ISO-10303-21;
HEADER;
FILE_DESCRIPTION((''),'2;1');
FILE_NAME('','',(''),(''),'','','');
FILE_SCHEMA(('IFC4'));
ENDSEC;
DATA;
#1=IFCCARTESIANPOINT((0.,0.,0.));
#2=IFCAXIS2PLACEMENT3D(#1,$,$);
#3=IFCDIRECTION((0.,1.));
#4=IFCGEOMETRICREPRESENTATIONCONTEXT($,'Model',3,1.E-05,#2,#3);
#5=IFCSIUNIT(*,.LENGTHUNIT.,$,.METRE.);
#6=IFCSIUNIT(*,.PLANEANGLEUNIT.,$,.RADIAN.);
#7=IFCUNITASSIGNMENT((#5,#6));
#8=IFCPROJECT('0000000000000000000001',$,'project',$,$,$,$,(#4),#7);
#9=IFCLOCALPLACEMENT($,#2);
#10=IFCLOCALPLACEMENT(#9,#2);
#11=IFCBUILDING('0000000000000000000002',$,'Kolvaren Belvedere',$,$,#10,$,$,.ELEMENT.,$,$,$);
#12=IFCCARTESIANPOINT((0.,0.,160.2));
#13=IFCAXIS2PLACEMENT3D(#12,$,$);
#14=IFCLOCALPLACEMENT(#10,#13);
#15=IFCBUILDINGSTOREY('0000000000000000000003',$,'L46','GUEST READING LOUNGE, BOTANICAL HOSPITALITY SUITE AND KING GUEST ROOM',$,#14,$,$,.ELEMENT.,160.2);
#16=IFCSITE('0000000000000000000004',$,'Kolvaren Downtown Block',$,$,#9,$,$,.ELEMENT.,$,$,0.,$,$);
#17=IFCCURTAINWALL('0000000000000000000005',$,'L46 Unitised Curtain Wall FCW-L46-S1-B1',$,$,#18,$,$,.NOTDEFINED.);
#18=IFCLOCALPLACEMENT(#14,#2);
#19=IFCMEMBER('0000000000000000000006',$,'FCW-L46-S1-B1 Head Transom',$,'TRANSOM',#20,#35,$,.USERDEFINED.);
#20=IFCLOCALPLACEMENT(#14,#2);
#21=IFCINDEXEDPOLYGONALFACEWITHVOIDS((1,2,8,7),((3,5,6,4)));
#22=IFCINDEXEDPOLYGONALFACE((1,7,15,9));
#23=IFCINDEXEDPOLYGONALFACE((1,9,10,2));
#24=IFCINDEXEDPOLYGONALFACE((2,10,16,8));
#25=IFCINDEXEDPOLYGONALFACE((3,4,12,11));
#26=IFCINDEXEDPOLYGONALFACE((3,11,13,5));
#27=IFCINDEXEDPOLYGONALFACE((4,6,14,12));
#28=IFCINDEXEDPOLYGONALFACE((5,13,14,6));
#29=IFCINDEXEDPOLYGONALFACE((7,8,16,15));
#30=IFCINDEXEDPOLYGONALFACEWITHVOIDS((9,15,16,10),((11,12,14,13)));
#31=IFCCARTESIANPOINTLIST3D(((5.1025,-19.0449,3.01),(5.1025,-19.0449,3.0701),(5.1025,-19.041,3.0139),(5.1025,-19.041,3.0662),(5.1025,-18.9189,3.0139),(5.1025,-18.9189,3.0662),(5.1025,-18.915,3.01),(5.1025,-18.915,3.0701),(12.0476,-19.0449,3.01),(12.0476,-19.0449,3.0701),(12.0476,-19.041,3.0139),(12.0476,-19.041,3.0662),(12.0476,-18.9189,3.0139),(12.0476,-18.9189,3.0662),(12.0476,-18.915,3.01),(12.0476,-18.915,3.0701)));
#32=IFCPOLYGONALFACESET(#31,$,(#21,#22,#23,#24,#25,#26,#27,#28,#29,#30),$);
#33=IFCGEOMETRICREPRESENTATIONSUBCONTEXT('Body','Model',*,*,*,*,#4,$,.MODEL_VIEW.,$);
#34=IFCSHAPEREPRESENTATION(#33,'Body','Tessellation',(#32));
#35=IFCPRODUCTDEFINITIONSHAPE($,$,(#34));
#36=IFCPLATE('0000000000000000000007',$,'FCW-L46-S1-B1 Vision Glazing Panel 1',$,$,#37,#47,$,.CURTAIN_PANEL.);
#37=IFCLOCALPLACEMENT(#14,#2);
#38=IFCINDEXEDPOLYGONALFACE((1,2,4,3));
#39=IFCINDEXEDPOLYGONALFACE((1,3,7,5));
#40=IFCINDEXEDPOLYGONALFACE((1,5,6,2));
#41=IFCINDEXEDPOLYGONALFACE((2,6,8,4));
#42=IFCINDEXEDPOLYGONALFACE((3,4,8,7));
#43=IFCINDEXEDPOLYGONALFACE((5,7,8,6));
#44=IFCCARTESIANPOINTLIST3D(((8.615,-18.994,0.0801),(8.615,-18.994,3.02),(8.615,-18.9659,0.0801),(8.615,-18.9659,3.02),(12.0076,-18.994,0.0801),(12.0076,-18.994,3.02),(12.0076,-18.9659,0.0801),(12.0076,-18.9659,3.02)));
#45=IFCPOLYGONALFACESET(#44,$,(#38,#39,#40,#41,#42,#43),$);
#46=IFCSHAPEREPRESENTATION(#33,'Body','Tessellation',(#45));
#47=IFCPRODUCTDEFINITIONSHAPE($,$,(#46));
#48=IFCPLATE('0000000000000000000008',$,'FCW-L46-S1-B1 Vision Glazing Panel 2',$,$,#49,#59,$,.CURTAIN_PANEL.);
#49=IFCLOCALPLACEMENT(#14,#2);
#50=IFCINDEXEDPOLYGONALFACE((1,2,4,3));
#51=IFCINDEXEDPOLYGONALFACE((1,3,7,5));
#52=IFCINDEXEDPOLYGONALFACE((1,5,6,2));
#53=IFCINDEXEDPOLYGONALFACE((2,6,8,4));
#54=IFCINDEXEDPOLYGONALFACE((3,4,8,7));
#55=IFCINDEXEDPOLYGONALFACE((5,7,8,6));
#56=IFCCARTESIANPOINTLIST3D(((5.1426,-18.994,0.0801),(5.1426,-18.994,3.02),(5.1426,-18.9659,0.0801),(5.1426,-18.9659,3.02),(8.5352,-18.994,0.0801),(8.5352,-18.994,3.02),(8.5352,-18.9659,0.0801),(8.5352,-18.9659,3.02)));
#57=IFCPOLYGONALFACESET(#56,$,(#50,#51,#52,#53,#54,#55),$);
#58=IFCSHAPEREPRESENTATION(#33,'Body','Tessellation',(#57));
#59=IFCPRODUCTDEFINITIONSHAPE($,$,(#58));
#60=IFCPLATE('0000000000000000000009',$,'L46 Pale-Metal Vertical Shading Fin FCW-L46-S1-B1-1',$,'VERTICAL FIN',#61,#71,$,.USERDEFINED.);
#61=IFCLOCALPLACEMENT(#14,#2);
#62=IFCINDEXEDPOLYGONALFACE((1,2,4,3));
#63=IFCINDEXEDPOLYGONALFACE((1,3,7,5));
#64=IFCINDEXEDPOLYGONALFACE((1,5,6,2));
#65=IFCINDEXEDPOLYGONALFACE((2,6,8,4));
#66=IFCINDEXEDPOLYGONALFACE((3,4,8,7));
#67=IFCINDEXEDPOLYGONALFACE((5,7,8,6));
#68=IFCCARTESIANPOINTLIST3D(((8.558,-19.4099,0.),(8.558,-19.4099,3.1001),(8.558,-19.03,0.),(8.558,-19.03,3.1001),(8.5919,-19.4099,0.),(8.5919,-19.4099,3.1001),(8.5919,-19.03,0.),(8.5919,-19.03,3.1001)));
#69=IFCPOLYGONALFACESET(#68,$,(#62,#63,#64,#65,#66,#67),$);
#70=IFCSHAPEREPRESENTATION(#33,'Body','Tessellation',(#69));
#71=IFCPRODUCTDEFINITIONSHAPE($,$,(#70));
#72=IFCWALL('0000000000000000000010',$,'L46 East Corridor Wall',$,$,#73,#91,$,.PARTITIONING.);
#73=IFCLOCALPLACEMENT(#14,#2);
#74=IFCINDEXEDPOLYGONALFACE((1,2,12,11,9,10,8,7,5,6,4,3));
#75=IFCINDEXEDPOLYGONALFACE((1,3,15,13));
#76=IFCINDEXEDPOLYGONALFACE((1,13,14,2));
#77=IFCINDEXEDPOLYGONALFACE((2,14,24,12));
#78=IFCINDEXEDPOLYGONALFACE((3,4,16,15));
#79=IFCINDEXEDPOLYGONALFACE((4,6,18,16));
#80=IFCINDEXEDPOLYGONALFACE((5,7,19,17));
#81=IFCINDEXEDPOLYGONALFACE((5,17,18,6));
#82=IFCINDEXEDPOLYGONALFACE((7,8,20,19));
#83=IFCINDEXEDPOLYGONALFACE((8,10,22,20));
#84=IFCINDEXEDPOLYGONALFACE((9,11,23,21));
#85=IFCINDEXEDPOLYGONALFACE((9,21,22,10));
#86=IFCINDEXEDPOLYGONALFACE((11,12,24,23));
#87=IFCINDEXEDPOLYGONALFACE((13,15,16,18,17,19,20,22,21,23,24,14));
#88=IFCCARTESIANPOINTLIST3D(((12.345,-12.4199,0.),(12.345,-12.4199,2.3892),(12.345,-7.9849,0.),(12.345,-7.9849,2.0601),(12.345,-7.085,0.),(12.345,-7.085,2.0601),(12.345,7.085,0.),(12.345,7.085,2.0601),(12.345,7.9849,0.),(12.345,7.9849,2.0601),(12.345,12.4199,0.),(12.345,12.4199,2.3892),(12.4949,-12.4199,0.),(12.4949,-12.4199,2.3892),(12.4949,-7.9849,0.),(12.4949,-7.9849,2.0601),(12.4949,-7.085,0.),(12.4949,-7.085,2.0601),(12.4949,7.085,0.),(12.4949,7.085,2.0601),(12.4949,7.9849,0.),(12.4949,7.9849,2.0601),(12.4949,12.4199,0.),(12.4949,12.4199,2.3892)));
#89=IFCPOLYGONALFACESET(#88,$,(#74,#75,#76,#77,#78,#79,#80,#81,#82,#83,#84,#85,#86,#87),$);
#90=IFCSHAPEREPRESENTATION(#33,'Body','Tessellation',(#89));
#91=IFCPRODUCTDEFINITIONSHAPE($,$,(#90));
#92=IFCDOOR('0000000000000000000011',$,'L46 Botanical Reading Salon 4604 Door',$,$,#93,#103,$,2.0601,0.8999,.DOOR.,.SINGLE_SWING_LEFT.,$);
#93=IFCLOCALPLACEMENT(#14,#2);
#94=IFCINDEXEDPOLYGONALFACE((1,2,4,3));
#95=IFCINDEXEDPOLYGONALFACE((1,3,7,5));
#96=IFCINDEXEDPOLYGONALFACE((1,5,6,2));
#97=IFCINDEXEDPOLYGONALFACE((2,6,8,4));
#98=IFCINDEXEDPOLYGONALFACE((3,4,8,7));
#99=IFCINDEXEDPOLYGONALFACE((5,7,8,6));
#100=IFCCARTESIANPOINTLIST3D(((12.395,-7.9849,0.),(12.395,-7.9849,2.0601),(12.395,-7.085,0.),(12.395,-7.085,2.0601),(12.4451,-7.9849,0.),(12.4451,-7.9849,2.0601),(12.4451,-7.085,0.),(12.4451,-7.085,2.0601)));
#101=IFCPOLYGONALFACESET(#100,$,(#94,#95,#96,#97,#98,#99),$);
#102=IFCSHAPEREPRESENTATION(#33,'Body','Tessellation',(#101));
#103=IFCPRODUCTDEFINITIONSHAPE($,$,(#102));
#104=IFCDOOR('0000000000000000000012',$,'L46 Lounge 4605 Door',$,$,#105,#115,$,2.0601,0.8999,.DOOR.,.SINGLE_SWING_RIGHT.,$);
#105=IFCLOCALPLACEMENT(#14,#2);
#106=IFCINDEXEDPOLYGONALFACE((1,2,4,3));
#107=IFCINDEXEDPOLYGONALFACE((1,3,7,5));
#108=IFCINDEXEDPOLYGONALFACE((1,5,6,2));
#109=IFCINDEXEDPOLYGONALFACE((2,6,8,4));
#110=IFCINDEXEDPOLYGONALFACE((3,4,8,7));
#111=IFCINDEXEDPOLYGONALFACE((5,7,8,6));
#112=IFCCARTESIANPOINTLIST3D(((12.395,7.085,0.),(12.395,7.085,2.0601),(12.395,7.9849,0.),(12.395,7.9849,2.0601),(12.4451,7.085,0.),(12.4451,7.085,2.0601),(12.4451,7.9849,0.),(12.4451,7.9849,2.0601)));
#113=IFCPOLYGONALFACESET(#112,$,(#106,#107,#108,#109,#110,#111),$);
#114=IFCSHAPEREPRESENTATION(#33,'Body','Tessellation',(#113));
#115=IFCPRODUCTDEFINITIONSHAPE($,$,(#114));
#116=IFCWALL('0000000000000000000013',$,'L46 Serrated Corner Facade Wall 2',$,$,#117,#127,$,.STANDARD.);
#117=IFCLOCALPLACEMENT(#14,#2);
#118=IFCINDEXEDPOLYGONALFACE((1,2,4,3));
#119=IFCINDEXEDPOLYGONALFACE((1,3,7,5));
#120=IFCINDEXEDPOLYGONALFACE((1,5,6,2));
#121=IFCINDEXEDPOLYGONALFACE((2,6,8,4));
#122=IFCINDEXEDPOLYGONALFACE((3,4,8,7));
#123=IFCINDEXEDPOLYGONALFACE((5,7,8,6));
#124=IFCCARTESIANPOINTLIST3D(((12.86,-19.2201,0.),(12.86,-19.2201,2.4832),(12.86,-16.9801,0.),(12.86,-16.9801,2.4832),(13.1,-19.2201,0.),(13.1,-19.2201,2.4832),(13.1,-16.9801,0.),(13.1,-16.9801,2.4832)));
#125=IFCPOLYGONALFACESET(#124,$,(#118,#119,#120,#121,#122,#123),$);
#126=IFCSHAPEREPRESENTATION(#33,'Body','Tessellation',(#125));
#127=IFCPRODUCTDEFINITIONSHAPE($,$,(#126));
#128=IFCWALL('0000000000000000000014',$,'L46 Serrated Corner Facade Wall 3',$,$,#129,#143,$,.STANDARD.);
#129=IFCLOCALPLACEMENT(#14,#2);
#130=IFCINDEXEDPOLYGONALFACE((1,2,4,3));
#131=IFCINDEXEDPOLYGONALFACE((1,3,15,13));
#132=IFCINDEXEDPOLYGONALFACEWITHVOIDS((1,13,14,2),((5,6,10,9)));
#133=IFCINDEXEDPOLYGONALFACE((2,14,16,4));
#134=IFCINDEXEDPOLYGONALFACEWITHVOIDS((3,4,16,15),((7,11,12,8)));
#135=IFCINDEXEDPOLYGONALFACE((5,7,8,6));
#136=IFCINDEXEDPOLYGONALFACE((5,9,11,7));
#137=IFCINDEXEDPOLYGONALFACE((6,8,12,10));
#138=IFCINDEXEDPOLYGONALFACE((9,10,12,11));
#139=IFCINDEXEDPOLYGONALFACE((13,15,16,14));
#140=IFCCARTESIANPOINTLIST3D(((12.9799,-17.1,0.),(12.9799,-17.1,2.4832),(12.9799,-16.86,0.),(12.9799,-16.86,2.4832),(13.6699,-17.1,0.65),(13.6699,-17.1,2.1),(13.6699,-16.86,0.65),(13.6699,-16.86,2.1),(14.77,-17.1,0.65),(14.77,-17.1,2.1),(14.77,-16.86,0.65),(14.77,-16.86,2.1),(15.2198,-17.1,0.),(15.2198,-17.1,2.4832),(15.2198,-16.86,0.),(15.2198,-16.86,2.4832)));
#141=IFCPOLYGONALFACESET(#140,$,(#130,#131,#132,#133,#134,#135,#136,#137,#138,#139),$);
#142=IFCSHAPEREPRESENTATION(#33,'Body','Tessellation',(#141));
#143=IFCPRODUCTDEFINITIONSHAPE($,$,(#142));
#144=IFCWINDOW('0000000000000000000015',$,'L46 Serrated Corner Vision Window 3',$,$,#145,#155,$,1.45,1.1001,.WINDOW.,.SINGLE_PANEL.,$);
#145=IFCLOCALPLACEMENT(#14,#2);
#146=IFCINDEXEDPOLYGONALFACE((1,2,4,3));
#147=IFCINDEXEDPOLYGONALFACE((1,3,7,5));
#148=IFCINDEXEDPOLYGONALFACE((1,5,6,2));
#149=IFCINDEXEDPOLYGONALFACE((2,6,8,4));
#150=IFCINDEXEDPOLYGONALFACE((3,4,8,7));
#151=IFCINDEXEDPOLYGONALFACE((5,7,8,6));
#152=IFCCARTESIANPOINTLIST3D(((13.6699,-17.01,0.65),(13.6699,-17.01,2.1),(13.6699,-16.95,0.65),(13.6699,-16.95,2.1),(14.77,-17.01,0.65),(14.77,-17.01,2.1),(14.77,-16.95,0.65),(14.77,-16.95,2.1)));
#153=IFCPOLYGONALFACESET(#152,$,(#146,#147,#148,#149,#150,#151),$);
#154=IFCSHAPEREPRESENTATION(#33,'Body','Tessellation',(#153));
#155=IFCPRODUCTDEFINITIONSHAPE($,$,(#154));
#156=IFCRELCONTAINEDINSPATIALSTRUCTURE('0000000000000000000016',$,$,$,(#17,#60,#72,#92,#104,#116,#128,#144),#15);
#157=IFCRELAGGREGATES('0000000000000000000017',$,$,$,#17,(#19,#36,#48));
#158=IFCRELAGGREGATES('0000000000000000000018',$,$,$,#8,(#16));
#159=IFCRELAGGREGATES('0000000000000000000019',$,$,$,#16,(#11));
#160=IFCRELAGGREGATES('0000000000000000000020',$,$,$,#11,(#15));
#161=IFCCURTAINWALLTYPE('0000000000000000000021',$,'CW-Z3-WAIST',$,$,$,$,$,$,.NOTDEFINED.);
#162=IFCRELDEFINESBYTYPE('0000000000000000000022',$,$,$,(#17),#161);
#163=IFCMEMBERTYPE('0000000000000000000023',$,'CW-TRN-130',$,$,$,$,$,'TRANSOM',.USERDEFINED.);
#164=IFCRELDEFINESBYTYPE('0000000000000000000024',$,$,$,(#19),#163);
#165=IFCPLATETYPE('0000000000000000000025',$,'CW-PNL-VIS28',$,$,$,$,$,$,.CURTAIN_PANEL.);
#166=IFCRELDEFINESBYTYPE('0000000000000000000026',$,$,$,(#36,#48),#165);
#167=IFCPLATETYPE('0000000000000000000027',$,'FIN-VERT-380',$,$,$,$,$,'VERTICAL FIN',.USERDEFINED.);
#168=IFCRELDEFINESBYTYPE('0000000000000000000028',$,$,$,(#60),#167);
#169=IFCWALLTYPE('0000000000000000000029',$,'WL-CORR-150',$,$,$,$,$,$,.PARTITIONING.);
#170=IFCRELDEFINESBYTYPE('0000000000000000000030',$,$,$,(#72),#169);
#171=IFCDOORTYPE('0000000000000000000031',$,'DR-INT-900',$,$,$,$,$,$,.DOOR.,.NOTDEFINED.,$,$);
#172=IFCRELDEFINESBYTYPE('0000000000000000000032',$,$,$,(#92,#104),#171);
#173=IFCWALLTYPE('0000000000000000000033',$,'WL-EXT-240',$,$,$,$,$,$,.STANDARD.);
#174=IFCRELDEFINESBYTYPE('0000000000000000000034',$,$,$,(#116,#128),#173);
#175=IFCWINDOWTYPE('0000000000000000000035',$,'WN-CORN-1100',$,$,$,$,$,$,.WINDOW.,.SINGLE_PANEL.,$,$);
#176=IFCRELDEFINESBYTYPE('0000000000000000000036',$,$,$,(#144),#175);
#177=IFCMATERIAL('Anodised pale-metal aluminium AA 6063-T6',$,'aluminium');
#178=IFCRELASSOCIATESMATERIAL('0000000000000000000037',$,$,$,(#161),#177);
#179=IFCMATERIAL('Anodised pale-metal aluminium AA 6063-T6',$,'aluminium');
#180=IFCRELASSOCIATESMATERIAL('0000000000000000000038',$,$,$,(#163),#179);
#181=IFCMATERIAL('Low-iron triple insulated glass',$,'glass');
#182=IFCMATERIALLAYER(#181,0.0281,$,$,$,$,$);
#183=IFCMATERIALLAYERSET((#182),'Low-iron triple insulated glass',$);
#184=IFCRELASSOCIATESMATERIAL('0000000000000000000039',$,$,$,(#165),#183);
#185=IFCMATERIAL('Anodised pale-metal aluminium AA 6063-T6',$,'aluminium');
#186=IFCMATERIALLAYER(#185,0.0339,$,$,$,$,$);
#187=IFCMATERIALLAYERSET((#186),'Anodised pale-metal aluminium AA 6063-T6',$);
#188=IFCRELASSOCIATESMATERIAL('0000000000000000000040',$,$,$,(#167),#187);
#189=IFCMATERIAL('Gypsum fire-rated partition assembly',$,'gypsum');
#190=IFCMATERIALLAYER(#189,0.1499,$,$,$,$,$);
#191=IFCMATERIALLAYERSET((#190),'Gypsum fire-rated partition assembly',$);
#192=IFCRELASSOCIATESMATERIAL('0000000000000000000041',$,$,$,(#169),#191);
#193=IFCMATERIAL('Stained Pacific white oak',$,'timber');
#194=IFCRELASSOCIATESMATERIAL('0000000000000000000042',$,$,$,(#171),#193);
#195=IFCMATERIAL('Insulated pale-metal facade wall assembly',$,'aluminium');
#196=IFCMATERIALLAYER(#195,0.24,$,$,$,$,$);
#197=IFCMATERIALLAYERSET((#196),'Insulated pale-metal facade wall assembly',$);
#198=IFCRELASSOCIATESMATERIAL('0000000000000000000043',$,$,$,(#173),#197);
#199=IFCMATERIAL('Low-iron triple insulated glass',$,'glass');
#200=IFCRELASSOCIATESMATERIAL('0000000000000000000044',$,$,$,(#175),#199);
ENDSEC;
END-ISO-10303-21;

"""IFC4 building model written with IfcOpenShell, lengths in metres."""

from ifc_helpers import new_model, si_unit, direction, frame, frame_2d, origin, origin_2d, place, context, subcontext, project, spatial, rectangle, hollow_rectangle, extrude, material, layer, layer_set, material_profile, profile_set, type_object, element, fill, aggregate, save


model = new_model("IFC4")

# Units and contexts
model_context = context("Model", 3, precision=1e-05, world=origin(), true_north=direction((0.0, 1.0)))
body_context = subcontext(model_context, "Body", "Model", "MODEL_VIEW")
ifc_project = project(units=[si_unit("LENGTHUNIT", "METRE"), si_unit("PLANEANGLEUNIT", "RADIAN")], contexts=[model_context])

# Site, building, storey
site_placement = place(None, origin())
site = spatial("IfcSite", under=ifc_project, at=site_placement, Name="Kolvaren Downtown Block", CompositionType="ELEMENT", RefElevation=0.0)
building_placement = place(site_placement, origin())
building = spatial("IfcBuilding", under=site, at=building_placement, Name="Kolvaren Belvedere", CompositionType="ELEMENT")
storey_placement = place(building_placement, frame((0.0, 0.0, 160.2)))
storey = spatial("IfcBuildingStorey", under=building, at=storey_placement, Name="L46", Description="GUEST READING LOUNGE, BOTANICAL HOSPITALITY SUITE AND KING GUEST ROOM", CompositionType="ELEMENT", Elevation=160.2)

# Curtain wall, member, plates
ifc_material_1 = material(Name="Anodised pale-metal aluminium AA 6063-T6", Category="aluminium")
curtain_wall_type = type_object("IfcCurtainWallType", Name="CW-Z3-WAIST", PredefinedType="NOTDEFINED", material=ifc_material_1)
curtain_wall_placement = place(storey_placement, origin())
curtain_wall = element("IfcCurtainWall", 1, at=curtain_wall_placement, inside=storey, type_object=curtain_wall_type, Name="L46 Unitised Curtain Wall FCW-L46-S1-B1", PredefinedType="NOTDEFINED")
ifc_material_2 = material(Name="Anodised pale-metal aluminium AA 6063-T6", Category="aluminium")
ifc_material_profile_1 = material_profile(ifc_material_2, hollow_rectangle(XDim=0.0601, YDim=0.1299, WallThickness=0.0039, at=origin_2d()), Name="ALU-TRN-130X60")
ifc_profile_set_1 = profile_set([ifc_material_profile_1], Name="Anodised pale-metal aluminium AA 6063-T6")
member_type_1 = type_object("IfcMemberType", Name="CW-TRN-130", ElementType="TRANSOM", PredefinedType="USERDEFINED", material=ifc_profile_set_1)
member_1_placement = place(storey_placement, frame((12.0476, -18.98, 3.04), z_axis=(-1.0, 0.0, 0.0), x_axis=(0.0, 0.0, 1.0)))
member_1 = element("IfcMember", 2, at=member_1_placement, type_object=member_type_1, Name="FCW-L46-S1-B1 Head Transom", ObjectType="TRANSOM", PredefinedType="USERDEFINED", context=body_context, shape_type="SweptSolid", body=[
    extrude(hollow_rectangle(XDim=0.0601, YDim=0.1299, WallThickness=0.0039, at=origin_2d()), origin(), (0.0, 0.0, 1.0), 6.9451),
])
ifc_material_3 = material(Name="Low-iron triple insulated glass", Category="glass")
ifc_layer_1 = layer(ifc_material_3, 0.0281)
ifc_layer_set_1 = layer_set([ifc_layer_1], Name="Low-iron triple insulated glass")
plate_type_1 = type_object("IfcPlateType", Name="CW-PNL-VIS28", PredefinedType="CURTAIN_PANEL", material=ifc_layer_set_1)
plate_1_placement = place(storey_placement, frame((10.3113, -18.98, 0.0801), z_axis=(0.0, 0.0, 1.0), x_axis=(-1.0, 0.0, 0.0)))
plate_1 = element("IfcPlate", 3, at=plate_1_placement, type_object=plate_type_1, Name="FCW-L46-S1-B1 Vision Glazing Panel 1", PredefinedType="CURTAIN_PANEL", context=body_context, shape_type="SweptSolid", body=[
    extrude(rectangle(XDim=3.3926, YDim=0.0281, at=origin_2d()), origin(), (0.0, 0.0, 1.0), 2.9399),
])
plate_2_placement = place(storey_placement, frame((6.8389, -18.98, 0.0801), z_axis=(0.0, 0.0, 1.0), x_axis=(-1.0, 0.0, 0.0)))
plate_2 = element("IfcPlate", 4, at=plate_2_placement, type_object=plate_type_1, Name="FCW-L46-S1-B1 Vision Glazing Panel 2", PredefinedType="CURTAIN_PANEL", context=body_context, shape_type="SweptSolid", body=[
    extrude(rectangle(XDim=3.3926, YDim=0.0281, at=origin_2d()), origin(), (0.0, 0.0, 1.0), 2.9399),
])
aggregate(curtain_wall, [member_1, plate_1, plate_2])

# Plate
ifc_material_4 = material(Name="Anodised pale-metal aluminium AA 6063-T6", Category="aluminium")
ifc_layer_2 = layer(ifc_material_4, 0.0339)
ifc_layer_set_2 = layer_set([ifc_layer_2], Name="Anodised pale-metal aluminium AA 6063-T6")
plate_type_2 = type_object("IfcPlateType", Name="FIN-VERT-380", ElementType="VERTICAL FIN", PredefinedType="USERDEFINED", material=ifc_layer_set_2)
plate_3_placement = place(storey_placement, frame((8.575, -19.22, 0.0), z_axis=(0.0, 0.0, 1.0), x_axis=(0.0, 1.0, 0.0)))
element("IfcPlate", 5, at=plate_3_placement, inside=storey, type_object=plate_type_2, Name="L46 Pale-Metal Vertical Shading Fin FCW-L46-S1-B1-1", ObjectType="VERTICAL FIN", PredefinedType="USERDEFINED", context=body_context, shape_type="SweptSolid", body=[
    extrude(rectangle(XDim=0.3799, YDim=0.0339, at=origin_2d()), origin(), (0.0, 0.0, 1.0), 3.1001),
])

# Wall, openings, doors
ifc_material_5 = material(Name="Gypsum fire-rated partition assembly", Category="gypsum")
ifc_layer_3 = layer(ifc_material_5, 0.1499)
ifc_layer_set_3 = layer_set([ifc_layer_3], Name="Gypsum fire-rated partition assembly")
wall_type_1 = type_object("IfcWallType", Name="WL-CORR-150", PredefinedType="PARTITIONING", material=ifc_layer_set_3)
wall_1_placement = place(storey_placement, frame((12.4199, -12.4199, 0.0), z_axis=(0.0, 0.0, 1.0), x_axis=(0.0, 1.0, 0.0)))
wall_1 = element("IfcWall", 6, at=wall_1_placement, inside=storey, type_object=wall_type_1, Name="L46 East Corridor Wall", PredefinedType="PARTITIONING", context=body_context, shape_type="SweptSolid", body=[
    extrude(rectangle(XDim=24.8398, YDim=0.1499, at=frame_2d((12.4199, 0.0))), origin(), (0.0, 0.0, 1.0), 2.3892),
])
opening_1_placement = place(wall_1_placement, frame((4.4351, 0.0, 0.0)))
opening_1 = element("IfcOpeningElement", 7, at=opening_1_placement, cuts=wall_1, PredefinedType="OPENING", context=body_context, shape_type="SweptSolid", body=[
    extrude(rectangle(XDim=0.8999, YDim=2.0601, at=frame_2d((0.45, 1.03))), frame((0.0, 0.085, 0.0), z_axis=(0.0, -1.0, 0.0), x_axis=(1.0, 0.0, 0.0)), (0.0, 0.0, 1.0), 0.1699),
])
opening_2_placement = place(wall_1_placement, frame((19.5049, 0.0, 0.0)))
opening_2 = element("IfcOpeningElement", 8, at=opening_2_placement, cuts=wall_1, PredefinedType="OPENING", context=body_context, shape_type="SweptSolid", body=[
    extrude(rectangle(XDim=0.8999, YDim=2.0601, at=frame_2d((0.45, 1.03))), frame((0.0, 0.085, 0.0), z_axis=(0.0, -1.0, 0.0), x_axis=(1.0, 0.0, 0.0)), (0.0, 0.0, 1.0), 0.1699),
])
ifc_material_6 = material(Name="Stained Pacific white oak", Category="timber")
door_type = type_object("IfcDoorType", Name="DR-INT-900", OperationType="NOTDEFINED", PredefinedType="DOOR", material=ifc_material_6)
door_1_placement = place(opening_1_placement, origin())
door_1 = element("IfcDoor", 9, at=door_1_placement, inside=storey, type_object=door_type, Name="L46 Botanical Reading Salon 4604 Door", OperationType="SINGLE_SWING_LEFT", OverallHeight=2.0601, OverallWidth=0.8999, PredefinedType="DOOR", context=body_context, shape_type="SweptSolid", body=[
    extrude(rectangle(XDim=0.8999, YDim=2.0601, at=frame_2d((0.45, 1.03))), frame((0.0, 0.0249, 0.0), z_axis=(0.0, -1.0, 0.0), x_axis=(1.0, 0.0, 0.0)), (0.0, 0.0, 1.0), 0.05),
])
fill(opening_1, door_1)
door_2_placement = place(opening_2_placement, origin())
door_2 = element("IfcDoor", 10, at=door_2_placement, inside=storey, type_object=door_type, Name="L46 Lounge 4605 Door", OperationType="SINGLE_SWING_RIGHT", OverallHeight=2.0601, OverallWidth=0.8999, PredefinedType="DOOR", context=body_context, shape_type="SweptSolid", body=[
    extrude(rectangle(XDim=0.8999, YDim=2.0601, at=frame_2d((0.45, 1.03))), frame((0.0, 0.0249, 0.0), z_axis=(0.0, -1.0, 0.0), x_axis=(1.0, 0.0, 0.0)), (0.0, 0.0, 1.0), 0.05),
])
fill(opening_2, door_2)

# Wall
ifc_material_7 = material(Name="Insulated pale-metal facade wall assembly", Category="aluminium")
ifc_layer_4 = layer(ifc_material_7, 0.24)
ifc_layer_set_4 = layer_set([ifc_layer_4], Name="Insulated pale-metal facade wall assembly")
wall_type_2 = type_object("IfcWallType", Name="WL-EXT-240", PredefinedType="STANDARD", material=ifc_layer_set_4)
wall_2_placement = place(storey_placement, frame((12.98, -16.98, 0.0), z_axis=(0.0, 0.0, 1.0), x_axis=(0.0, -1.0, 0.0)))
element("IfcWall", 11, at=wall_2_placement, inside=storey, type_object=wall_type_2, Name="L46 Serrated Corner Facade Wall 2", PredefinedType="STANDARD", context=body_context, shape_type="SweptSolid", body=[
    extrude(rectangle(XDim=2.24, YDim=0.24, at=frame_2d((1.1201, 0.0))), origin(), (0.0, 0.0, 1.0), 2.4832),
])

# Wall, opening, window
wall_3_placement = place(storey_placement, frame((15.22, -16.98, 0.0), z_axis=(0.0, 0.0, 1.0), x_axis=(-1.0, 0.0, 0.0)))
wall_3 = element("IfcWall", 12, at=wall_3_placement, inside=storey, type_object=wall_type_2, Name="L46 Serrated Corner Facade Wall 3", PredefinedType="STANDARD", context=body_context, shape_type="SweptSolid", body=[
    extrude(rectangle(XDim=2.24, YDim=0.24, at=frame_2d((1.1201, 0.0))), origin(), (0.0, 0.0, 1.0), 2.4832),
])
opening_3_placement = place(wall_3_placement, frame((0.45, 0.0, 0.6499)))
opening_3 = element("IfcOpeningElement", 13, at=opening_3_placement, cuts=wall_3, PredefinedType="OPENING", context=body_context, shape_type="SweptSolid", body=[
    extrude(rectangle(XDim=1.1001, YDim=1.45, at=frame_2d((0.55, 0.7251))), frame((0.0, 0.1299, 0.0), z_axis=(0.0, -1.0, 0.0), x_axis=(1.0, 0.0, 0.0)), (0.0, 0.0, 1.0), 0.26),
])
ifc_material_8 = material(Name="Low-iron triple insulated glass", Category="glass")
window_type = type_object("IfcWindowType", Name="WN-CORN-1100", PartitioningType="SINGLE_PANEL", PredefinedType="WINDOW", material=ifc_material_8)
window_1_placement = place(opening_3_placement, origin())
window_1 = element("IfcWindow", 14, at=window_1_placement, inside=storey, type_object=window_type, Name="L46 Serrated Corner Vision Window 3", OverallHeight=1.45, OverallWidth=1.1001, PartitioningType="SINGLE_PANEL", PredefinedType="WINDOW", context=body_context, shape_type="SweptSolid", body=[
    extrude(rectangle(XDim=1.1001, YDim=1.45, at=frame_2d((0.55, 0.7251))), frame((0.0, 0.03, 0.0), z_axis=(0.0, -1.0, 0.0), x_axis=(1.0, 0.0, 0.0)), (0.0, 0.0, 1.0), 0.0601),
])
fill(opening_3, window_1)

save(model, "model.ifc")
